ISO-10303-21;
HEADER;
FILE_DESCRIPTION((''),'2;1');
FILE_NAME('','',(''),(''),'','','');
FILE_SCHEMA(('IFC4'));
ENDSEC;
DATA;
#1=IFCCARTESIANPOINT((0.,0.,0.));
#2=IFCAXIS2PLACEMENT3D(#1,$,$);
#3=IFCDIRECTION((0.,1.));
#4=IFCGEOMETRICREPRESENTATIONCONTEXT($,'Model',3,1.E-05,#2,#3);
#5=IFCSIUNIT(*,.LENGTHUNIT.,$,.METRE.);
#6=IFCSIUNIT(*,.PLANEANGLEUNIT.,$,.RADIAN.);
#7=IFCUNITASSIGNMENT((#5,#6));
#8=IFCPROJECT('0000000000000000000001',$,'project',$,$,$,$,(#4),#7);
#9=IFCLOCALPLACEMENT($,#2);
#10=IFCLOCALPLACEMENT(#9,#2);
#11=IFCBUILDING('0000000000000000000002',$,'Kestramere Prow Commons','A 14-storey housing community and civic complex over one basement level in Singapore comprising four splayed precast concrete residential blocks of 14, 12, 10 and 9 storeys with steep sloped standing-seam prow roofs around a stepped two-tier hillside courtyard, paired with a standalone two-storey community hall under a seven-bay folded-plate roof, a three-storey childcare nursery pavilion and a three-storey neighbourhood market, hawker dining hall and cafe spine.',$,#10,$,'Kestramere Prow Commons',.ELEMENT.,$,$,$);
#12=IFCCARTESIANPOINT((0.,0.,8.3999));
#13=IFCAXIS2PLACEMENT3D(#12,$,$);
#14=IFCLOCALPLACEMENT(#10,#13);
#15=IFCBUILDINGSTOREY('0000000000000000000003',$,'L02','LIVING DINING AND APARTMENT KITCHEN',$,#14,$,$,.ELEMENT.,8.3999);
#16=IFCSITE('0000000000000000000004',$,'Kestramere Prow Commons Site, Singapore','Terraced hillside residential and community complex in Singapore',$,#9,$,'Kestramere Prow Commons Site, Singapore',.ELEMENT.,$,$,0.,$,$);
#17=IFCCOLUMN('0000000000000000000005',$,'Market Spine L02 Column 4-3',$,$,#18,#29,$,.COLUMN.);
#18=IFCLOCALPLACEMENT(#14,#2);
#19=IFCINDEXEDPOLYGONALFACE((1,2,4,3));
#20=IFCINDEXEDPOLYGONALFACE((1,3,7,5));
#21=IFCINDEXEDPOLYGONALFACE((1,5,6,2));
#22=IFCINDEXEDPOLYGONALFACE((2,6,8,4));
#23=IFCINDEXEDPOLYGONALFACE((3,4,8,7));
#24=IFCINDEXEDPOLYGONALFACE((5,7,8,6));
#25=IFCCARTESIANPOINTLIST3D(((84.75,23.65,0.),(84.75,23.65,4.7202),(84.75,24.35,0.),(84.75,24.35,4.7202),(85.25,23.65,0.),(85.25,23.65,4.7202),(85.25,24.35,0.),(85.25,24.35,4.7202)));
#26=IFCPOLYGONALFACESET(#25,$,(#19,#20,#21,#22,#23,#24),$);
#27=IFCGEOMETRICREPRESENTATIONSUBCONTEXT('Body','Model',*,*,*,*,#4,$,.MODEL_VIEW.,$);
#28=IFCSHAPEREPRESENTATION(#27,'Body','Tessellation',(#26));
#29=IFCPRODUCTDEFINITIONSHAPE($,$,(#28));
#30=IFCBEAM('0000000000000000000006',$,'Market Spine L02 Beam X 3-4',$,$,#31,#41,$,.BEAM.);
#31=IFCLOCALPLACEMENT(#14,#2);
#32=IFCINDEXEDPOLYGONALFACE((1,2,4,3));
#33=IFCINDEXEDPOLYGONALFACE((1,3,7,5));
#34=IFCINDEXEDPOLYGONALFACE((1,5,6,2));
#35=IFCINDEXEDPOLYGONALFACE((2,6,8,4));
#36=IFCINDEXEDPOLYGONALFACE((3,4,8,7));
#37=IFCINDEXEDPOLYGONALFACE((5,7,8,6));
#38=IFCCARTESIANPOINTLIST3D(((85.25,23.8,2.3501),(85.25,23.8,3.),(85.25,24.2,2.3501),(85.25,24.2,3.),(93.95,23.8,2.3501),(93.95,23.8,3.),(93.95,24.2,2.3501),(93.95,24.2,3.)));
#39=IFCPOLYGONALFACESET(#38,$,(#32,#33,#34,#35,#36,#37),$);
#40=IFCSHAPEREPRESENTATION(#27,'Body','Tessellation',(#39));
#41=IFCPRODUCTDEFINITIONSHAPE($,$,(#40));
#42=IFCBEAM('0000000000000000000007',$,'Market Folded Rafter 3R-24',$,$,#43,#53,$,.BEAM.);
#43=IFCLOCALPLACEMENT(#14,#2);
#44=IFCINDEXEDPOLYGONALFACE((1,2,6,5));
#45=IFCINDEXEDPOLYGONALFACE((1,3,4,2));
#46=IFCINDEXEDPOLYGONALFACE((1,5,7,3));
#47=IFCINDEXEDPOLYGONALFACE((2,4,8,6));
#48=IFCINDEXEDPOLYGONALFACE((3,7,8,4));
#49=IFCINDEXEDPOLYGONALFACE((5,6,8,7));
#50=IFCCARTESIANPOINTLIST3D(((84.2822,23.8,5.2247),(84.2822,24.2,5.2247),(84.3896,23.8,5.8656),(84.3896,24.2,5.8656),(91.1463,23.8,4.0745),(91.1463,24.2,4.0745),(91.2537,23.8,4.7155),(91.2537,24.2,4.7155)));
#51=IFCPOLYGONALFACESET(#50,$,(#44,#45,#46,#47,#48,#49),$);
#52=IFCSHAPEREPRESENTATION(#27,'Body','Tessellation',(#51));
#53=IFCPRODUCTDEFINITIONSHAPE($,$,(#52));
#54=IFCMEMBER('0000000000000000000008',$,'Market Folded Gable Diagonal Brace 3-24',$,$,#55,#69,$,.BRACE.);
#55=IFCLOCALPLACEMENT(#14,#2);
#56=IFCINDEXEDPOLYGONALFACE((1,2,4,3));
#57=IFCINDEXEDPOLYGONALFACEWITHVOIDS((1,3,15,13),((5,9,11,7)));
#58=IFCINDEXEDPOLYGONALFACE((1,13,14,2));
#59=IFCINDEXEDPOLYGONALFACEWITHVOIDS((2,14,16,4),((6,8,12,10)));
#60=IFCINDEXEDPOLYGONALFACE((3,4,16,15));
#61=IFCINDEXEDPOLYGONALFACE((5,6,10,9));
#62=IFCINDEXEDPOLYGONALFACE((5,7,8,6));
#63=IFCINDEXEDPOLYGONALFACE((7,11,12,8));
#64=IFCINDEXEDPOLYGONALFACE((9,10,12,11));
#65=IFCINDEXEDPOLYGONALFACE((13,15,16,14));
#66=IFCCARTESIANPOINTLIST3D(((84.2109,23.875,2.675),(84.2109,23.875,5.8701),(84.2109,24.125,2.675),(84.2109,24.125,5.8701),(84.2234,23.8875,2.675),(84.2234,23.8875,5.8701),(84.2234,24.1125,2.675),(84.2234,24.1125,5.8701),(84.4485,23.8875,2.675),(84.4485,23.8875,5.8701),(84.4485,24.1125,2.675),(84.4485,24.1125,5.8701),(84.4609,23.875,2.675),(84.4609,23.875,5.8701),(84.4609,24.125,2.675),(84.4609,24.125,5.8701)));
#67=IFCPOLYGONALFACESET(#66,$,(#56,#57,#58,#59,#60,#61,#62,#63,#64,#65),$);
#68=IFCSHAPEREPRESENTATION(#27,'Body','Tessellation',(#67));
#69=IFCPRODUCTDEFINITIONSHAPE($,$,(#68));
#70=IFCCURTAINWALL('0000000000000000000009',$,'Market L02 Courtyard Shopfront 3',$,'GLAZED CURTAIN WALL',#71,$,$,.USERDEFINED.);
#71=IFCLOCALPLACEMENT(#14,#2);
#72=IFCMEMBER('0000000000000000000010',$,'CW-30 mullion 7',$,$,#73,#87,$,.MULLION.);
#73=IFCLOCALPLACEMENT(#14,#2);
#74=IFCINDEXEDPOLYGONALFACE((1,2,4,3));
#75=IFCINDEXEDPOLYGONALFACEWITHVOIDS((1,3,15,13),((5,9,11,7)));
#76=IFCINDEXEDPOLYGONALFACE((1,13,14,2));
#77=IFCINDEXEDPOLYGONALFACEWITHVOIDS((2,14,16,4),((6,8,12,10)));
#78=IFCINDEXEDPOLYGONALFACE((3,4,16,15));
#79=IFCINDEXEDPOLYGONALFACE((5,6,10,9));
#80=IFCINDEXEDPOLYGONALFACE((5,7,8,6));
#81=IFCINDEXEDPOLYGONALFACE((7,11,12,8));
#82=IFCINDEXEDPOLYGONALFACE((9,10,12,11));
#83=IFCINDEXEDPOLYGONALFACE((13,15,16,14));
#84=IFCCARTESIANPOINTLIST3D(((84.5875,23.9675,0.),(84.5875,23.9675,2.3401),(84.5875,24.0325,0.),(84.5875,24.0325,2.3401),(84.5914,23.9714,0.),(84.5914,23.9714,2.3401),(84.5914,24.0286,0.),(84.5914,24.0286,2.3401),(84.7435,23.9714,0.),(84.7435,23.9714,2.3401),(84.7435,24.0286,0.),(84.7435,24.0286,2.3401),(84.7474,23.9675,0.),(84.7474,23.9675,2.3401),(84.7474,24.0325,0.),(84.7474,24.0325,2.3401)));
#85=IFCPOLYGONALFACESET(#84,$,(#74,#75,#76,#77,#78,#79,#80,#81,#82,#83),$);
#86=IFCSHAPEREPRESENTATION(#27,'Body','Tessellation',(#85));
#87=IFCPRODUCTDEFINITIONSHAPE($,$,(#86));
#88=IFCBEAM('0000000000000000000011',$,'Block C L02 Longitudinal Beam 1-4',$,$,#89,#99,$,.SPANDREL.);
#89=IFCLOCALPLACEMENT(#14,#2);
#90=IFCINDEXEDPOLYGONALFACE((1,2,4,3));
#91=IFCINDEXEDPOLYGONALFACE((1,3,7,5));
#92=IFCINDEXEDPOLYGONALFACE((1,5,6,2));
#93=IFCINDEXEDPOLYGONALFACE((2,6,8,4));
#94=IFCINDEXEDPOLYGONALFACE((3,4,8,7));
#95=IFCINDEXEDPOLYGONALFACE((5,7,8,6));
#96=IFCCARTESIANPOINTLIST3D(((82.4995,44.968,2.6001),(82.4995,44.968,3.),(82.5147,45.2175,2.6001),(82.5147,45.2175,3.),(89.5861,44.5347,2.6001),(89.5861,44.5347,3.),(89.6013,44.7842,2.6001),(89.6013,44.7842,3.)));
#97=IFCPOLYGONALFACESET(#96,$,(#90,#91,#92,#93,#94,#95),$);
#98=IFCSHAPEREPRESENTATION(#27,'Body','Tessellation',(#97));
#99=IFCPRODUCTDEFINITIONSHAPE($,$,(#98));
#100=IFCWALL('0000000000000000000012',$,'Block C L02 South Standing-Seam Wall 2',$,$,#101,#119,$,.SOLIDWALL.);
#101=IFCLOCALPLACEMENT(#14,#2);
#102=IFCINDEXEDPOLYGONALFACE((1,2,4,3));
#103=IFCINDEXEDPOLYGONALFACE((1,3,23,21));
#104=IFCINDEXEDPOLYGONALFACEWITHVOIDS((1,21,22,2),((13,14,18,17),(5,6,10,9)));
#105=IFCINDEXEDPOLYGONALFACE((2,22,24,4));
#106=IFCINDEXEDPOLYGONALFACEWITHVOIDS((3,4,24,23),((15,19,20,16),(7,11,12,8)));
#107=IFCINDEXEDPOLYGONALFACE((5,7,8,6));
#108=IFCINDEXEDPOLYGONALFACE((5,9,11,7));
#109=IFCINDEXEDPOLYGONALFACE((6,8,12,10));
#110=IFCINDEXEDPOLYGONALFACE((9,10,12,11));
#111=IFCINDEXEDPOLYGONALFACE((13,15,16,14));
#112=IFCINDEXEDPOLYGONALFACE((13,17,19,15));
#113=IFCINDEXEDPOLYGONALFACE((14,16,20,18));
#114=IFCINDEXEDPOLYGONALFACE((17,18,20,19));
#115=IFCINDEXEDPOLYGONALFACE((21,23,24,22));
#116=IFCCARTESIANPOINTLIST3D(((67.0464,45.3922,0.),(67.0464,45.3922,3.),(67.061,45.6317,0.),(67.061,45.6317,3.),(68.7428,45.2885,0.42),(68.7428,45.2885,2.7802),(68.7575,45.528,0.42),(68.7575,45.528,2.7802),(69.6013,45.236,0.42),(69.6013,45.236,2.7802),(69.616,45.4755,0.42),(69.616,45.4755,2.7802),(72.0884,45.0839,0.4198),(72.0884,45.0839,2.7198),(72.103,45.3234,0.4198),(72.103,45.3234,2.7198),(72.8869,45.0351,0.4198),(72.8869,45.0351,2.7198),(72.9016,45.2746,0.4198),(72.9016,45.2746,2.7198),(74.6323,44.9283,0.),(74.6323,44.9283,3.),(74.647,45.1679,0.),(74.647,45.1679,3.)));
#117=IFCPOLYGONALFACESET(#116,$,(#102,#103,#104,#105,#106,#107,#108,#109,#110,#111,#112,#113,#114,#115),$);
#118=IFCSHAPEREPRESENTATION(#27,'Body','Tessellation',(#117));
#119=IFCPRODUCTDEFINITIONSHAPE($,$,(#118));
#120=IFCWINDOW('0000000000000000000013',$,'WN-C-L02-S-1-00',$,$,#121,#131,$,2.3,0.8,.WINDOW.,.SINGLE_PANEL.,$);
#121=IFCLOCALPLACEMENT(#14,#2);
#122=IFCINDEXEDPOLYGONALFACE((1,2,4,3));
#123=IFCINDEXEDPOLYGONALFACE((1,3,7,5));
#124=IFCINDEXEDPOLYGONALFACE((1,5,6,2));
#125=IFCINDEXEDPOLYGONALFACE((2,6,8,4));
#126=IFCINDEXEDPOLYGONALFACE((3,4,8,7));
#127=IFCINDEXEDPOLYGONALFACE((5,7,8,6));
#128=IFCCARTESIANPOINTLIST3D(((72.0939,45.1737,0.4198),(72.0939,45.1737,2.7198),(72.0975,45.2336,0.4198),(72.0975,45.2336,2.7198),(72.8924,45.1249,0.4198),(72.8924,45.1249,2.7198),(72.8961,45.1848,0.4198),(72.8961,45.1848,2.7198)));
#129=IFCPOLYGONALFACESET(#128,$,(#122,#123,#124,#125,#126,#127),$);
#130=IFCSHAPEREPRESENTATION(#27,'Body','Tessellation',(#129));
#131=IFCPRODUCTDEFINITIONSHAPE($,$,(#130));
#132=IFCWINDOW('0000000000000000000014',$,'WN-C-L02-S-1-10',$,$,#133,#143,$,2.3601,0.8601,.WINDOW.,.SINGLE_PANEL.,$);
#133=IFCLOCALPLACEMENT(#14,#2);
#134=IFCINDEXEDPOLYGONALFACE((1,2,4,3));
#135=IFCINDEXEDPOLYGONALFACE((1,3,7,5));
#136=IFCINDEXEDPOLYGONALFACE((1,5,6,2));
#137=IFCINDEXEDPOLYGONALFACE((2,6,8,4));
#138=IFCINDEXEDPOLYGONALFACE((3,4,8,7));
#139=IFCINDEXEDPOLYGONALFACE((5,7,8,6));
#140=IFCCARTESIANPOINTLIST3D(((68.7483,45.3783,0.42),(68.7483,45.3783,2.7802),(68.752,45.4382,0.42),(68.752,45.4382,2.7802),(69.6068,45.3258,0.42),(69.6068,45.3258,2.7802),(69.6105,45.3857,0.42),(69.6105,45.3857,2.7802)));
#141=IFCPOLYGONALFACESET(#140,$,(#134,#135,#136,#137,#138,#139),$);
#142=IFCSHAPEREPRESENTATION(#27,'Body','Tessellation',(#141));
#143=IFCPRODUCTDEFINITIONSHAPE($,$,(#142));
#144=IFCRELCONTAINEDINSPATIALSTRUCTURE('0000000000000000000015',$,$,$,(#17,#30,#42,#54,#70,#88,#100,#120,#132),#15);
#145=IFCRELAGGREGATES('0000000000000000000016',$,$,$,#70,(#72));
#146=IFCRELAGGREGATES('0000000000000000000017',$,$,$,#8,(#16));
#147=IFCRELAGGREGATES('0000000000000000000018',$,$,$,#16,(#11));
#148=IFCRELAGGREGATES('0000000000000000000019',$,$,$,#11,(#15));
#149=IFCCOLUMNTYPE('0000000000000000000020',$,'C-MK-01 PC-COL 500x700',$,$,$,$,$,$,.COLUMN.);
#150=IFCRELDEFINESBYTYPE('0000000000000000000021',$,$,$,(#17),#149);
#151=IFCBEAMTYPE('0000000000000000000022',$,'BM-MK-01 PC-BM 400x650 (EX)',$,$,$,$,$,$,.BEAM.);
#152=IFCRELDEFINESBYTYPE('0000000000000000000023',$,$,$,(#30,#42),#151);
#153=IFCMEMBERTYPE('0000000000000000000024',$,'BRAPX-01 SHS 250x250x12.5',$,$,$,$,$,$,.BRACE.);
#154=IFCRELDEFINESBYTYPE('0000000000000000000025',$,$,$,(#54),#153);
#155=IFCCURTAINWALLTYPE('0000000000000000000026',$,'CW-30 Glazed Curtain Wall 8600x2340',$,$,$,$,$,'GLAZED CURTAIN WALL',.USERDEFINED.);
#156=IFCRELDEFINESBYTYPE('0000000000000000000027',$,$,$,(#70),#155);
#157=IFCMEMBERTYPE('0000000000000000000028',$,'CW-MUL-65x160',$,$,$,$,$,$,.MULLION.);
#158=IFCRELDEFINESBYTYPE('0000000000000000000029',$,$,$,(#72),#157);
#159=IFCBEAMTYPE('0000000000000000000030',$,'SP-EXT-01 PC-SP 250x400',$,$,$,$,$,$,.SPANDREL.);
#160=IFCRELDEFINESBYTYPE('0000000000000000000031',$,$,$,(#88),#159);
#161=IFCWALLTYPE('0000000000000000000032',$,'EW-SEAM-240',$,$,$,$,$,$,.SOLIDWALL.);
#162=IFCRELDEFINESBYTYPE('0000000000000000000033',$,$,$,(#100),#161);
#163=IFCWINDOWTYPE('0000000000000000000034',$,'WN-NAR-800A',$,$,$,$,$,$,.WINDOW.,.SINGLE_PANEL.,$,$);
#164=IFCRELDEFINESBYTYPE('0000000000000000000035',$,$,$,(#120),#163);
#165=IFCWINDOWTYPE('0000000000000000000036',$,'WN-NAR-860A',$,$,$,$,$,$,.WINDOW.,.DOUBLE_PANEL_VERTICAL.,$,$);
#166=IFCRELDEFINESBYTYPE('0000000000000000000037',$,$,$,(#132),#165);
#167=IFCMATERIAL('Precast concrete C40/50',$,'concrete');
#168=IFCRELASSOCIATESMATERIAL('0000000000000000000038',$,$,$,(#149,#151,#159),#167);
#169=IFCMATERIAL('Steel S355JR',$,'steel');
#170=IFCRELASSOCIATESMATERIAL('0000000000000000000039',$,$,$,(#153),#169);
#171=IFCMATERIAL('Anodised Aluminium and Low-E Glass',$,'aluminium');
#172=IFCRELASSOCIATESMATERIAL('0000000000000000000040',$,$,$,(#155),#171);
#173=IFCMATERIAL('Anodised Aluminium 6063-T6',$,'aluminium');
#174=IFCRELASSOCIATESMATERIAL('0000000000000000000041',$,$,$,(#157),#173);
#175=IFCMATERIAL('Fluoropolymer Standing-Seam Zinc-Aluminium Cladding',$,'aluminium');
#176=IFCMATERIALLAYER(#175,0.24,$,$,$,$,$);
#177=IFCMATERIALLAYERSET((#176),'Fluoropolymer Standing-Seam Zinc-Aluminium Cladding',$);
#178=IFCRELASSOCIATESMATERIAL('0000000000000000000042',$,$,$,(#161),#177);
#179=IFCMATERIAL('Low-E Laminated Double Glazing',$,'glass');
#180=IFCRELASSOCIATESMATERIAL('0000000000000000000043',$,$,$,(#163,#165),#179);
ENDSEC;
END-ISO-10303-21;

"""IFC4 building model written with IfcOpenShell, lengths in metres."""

from ifc_helpers import new_model, si_unit, direction, frame, frame_2d, origin, origin_2d, place, context, subcontext, project, spatial, rectangle, hollow_rectangle, extrude, material, layer, layer_set, material_profile, profile_set, type_object, element, fill, aggregate, save


model = new_model("IFC4")

# Units and contexts
model_context = context("Model", 3, precision=1e-05, world=origin(), true_north=direction((0.0, 1.0)))
body_context = subcontext(model_context, "Body", "Model", "MODEL_VIEW")
ifc_project = project(units=[si_unit("LENGTHUNIT", "METRE"), si_unit("PLANEANGLEUNIT", "RADIAN")], contexts=[model_context])

# Site, building, storey
site_placement = place(None, origin())
site = spatial("IfcSite", under=ifc_project, at=site_placement, Name="Kestramere Prow Commons Site, Singapore", Description="Terraced hillside residential and community complex in Singapore", LongName="Kestramere Prow Commons Site, Singapore", CompositionType="ELEMENT", RefElevation=0.0)
building_placement = place(site_placement, origin())
building = spatial("IfcBuilding", under=site, at=building_placement, Name="Kestramere Prow Commons", Description="A 14-storey housing community and civic complex over one basement level in Singapore comprising four splayed precast concrete residential blocks of 14, 12, 10 and 9 storeys with steep sloped standing-seam prow roofs around a stepped two-tier hillside courtyard, paired with a standalone two-storey community hall under a seven-bay folded-plate roof, a three-storey childcare nursery pavilion and a three-storey neighbourhood market, hawker dining hall and cafe spine.", LongName="Kestramere Prow Commons", CompositionType="ELEMENT")
storey_placement = place(building_placement, frame((0.0, 0.0, 8.3999)))
storey = spatial("IfcBuildingStorey", under=building, at=storey_placement, Name="L02", Description="LIVING DINING AND APARTMENT KITCHEN", CompositionType="ELEMENT", Elevation=8.3999)

# Column
ifc_material_1 = material(Name="Precast concrete C40/50", Category="concrete")
ifc_material_profile_1 = material_profile(ifc_material_1, rectangle(XDim=0.5, YDim=0.7, at=origin_2d()), Name="PC-COL 500x700")
ifc_profile_set_1 = profile_set([ifc_material_profile_1], Name="Precast concrete C40/50")
column_type = type_object("IfcColumnType", Name="C-MK-01 PC-COL 500x700", PredefinedType="COLUMN", material=ifc_profile_set_1)
column_placement = place(storey_placement, frame((85.0, 24.0, 0.0), z_axis=(0.0, 0.0, 1.0), x_axis=(1.0, 0.0, 0.0)))
element("IfcColumn", 1, at=column_placement, inside=storey, type_object=column_type, Name="Market Spine L02 Column 4-3", PredefinedType="COLUMN", context=body_context, shape_type="SweptSolid", body=[
    extrude(rectangle(XDim=0.5, YDim=0.7, at=origin_2d()), origin(), (0.0, 0.0, 1.0), 4.7202),
])

# Beams
ifc_material_profile_2 = material_profile(ifc_material_1, rectangle(XDim=0.3999, YDim=0.6499, at=origin_2d()), Name="PC-BM 400x650")
ifc_profile_set_2 = profile_set([ifc_material_profile_2], Name="Precast concrete C40/50")
beam_type_1 = type_object("IfcBeamType", Name="BM-MK-01 PC-BM 400x650 (EX)", PredefinedType="BEAM", material=ifc_profile_set_2)
beam_1_placement = place(storey_placement, frame((85.25, 24.0, 2.675), z_axis=(1.0, 0.0, 0.0), x_axis=(0.0, 1.0, 0.0)))
element("IfcBeam", 2, at=beam_1_placement, inside=storey, type_object=beam_type_1, Name="Market Spine L02 Beam X 3-4", PredefinedType="BEAM", context=body_context, shape_type="SweptSolid", body=[
    extrude(rectangle(XDim=0.3999, YDim=0.6499, at=origin_2d()), origin(), (0.0, 0.0, 1.0), 8.7),
])
beam_2_placement = place(storey_placement, frame((84.3359, 24.0, 5.5452), z_axis=(0.98625, 0.0, -0.165258), x_axis=(0.0, 1.0, 0.0)))
element("IfcBeam", 3, at=beam_2_placement, inside=storey, type_object=beam_type_1, Name="Market Folded Rafter 3R-24", PredefinedType="BEAM", context=body_context, shape_type="SweptSolid", body=[
    extrude(rectangle(XDim=0.3999, YDim=0.6499, at=origin_2d()), origin(), (0.0, 0.0, 1.0), 6.9597),
])

# Member
ifc_material_2 = material(Name="Steel S355JR", Category="steel")
ifc_material_profile_3 = material_profile(ifc_material_2, hollow_rectangle(XDim=0.25, YDim=0.25, WallThickness=0.0125, at=origin_2d()), Name="SHS 250x250x12.5")
ifc_profile_set_3 = profile_set([ifc_material_profile_3], Name="Steel S355JR")
member_type_1 = type_object("IfcMemberType", Name="BRAPX-01 SHS 250x250x12.5", PredefinedType="BRACE", material=ifc_profile_set_3)
member_1_placement = place(storey_placement, frame((84.3359, 24.0, 2.675), z_axis=(0.0, 0.0, 1.0), x_axis=(1.0, 0.0, 0.0)))
element("IfcMember", 4, at=member_1_placement, inside=storey, type_object=member_type_1, Name="Market Folded Gable Diagonal Brace 3-24", PredefinedType="BRACE", context=body_context, shape_type="SweptSolid", body=[
    extrude(hollow_rectangle(XDim=0.25, YDim=0.25, WallThickness=0.0125, at=origin_2d()), origin(), (0.0, 0.0, 1.0), 3.1951),
])

# Curtain wall, member
ifc_material_3 = material(Name="Anodised Aluminium and Low-E Glass", Category="aluminium")
curtain_wall_type = type_object("IfcCurtainWallType", Name="CW-30 Glazed Curtain Wall 8600x2340", ElementType="GLAZED CURTAIN WALL", PredefinedType="USERDEFINED", material=ifc_material_3)
curtain_wall_placement = place(storey_placement, origin())
curtain_wall = element("IfcCurtainWall", 5, at=curtain_wall_placement, inside=storey, type_object=curtain_wall_type, Name="Market L02 Courtyard Shopfront 3", ObjectType="GLAZED CURTAIN WALL", PredefinedType="USERDEFINED")
ifc_material_4 = material(Name="Anodised Aluminium 6063-T6", Category="aluminium")
ifc_material_profile_4 = material_profile(ifc_material_4, hollow_rectangle(XDim=0.0649, YDim=0.1599, WallThickness=0.0039, at=origin_2d()), Name="ALU-MUL 65x160")
ifc_profile_set_4 = profile_set([ifc_material_profile_4], Name="Anodised Aluminium 6063-T6")
member_type_2 = type_object("IfcMemberType", Name="CW-MUL-65x160", PredefinedType="MULLION", material=ifc_profile_set_4)
member_2_placement = place(storey_placement, frame((84.6675, 24.0, 0.0), z_axis=(0.0, 0.0, 1.0), x_axis=(0.0, 1.0, 0.0)))
member_2 = element("IfcMember", 6, at=member_2_placement, type_object=member_type_2, Name="CW-30 mullion 7", PredefinedType="MULLION", context=body_context, shape_type="SweptSolid", body=[
    extrude(hollow_rectangle(XDim=0.0649, YDim=0.1599, WallThickness=0.0039, at=origin_2d()), origin(), (0.0, 0.0, 1.0), 2.3401),
])
aggregate(curtain_wall, [member_2])

# Beam
ifc_material_profile_5 = material_profile(ifc_material_1, rectangle(XDim=0.25, YDim=0.3999, at=origin_2d()), Name="PC-SP 250x400")
ifc_profile_set_5 = profile_set([ifc_material_profile_5], Name="Precast concrete C40/50")
beam_type_2 = type_object("IfcBeamType", Name="SP-EXT-01 PC-SP 250x400", PredefinedType="SPANDREL", material=ifc_profile_set_5)
beam_3_placement = place(storey_placement, frame((82.5071, 45.0928, 2.8), z_axis=(0.998136, -0.061036, 0.0), x_axis=(0.061036, 0.998136, 0.0)))
element("IfcBeam", 7, at=beam_3_placement, inside=storey, type_object=beam_type_2, Name="Block C L02 Longitudinal Beam 1-4", PredefinedType="SPANDREL", context=body_context, shape_type="SweptSolid", body=[
    extrude(rectangle(XDim=0.25, YDim=0.3999, at=origin_2d()), origin(), (0.0, 0.0, 1.0), 7.0999),
])

# Wall, openings, windows
ifc_material_5 = material(Name="Fluoropolymer Standing-Seam Zinc-Aluminium Cladding", Category="aluminium")
ifc_layer_1 = layer(ifc_material_5, 0.24)
ifc_layer_set_1 = layer_set([ifc_layer_1], Name="Fluoropolymer Standing-Seam Zinc-Aluminium Cladding")
wall_type_1 = type_object("IfcWallType", Name="EW-SEAM-240", PredefinedType="SOLIDWALL", material=ifc_layer_set_1)
wall_1_placement = place(storey_placement, frame((74.6396, 45.0481, 0.0), z_axis=(0.0, 0.0, 1.0), x_axis=(-0.998136, 0.061034, 0.0)))
wall_1 = element("IfcWall", 8, at=wall_1_placement, inside=storey, type_object=wall_type_1, Name="Block C L02 South Standing-Seam Wall 2", PredefinedType="SOLIDWALL", context=body_context, shape_type="SweptSolid", body=[
    extrude(rectangle(XDim=7.6001, YDim=0.24, at=frame_2d((3.8, 0.0))), origin(), (0.0, 0.0, 1.0), 3.0),
])
opening_1_placement = place(wall_1_placement, frame((1.7488, 0.0, 0.4199)))
opening_1 = element("IfcOpeningElement", 9, at=opening_1_placement, cuts=wall_1, PredefinedType="OPENING", context=body_context, shape_type="SweptSolid", body=[
    extrude(rectangle(XDim=0.8, YDim=2.3, at=frame_2d((0.3999, 1.1499))), frame((0.0, 0.135, 0.0), z_axis=(0.0, -1.0, 0.0), x_axis=(1.0, 0.0, 0.0)), (0.0, 0.0, 1.0), 0.27),
])
opening_2_placement = place(wall_1_placement, frame((5.0403, 0.0, 0.4199)))
opening_2 = element("IfcOpeningElement", 10, at=opening_2_placement, cuts=wall_1, PredefinedType="OPENING", context=body_context, shape_type="SweptSolid", body=[
    extrude(rectangle(XDim=0.8601, YDim=2.3601, at=frame_2d((0.4302, 1.1802))), frame((0.0, 0.135, 0.0), z_axis=(0.0, -1.0, 0.0), x_axis=(1.0, 0.0, 0.0)), (0.0, 0.0, 1.0), 0.27),
])
ifc_material_6 = material(Name="Low-E Laminated Double Glazing", Category="glass")
window_type_1 = type_object("IfcWindowType", Name="WN-NAR-800A", PartitioningType="SINGLE_PANEL", PredefinedType="WINDOW", material=ifc_material_6)
window_1_placement = place(opening_1_placement, origin())
window_1 = element("IfcWindow", 11, at=window_1_placement, inside=storey, type_object=window_type_1, Name="WN-C-L02-S-1-00", OverallHeight=2.3, OverallWidth=0.8, PartitioningType="SINGLE_PANEL", PredefinedType="WINDOW", context=body_context, shape_type="SweptSolid", body=[
    extrude(rectangle(XDim=0.8, YDim=2.3, at=frame_2d((0.3999, 1.1499))), frame((0.0, 0.03, 0.0), z_axis=(0.0, -1.0, 0.0), x_axis=(1.0, 0.0, 0.0)), (0.0, 0.0, 1.0), 0.0601),
])
fill(opening_1, window_1)
window_type_2 = type_object("IfcWindowType", Name="WN-NAR-860A", PartitioningType="DOUBLE_PANEL_VERTICAL", PredefinedType="WINDOW", material=ifc_material_6)
window_2_placement = place(opening_2_placement, origin())
window_2 = element("IfcWindow", 12, at=window_2_placement, inside=storey, type_object=window_type_2, Name="WN-C-L02-S-1-10", OverallHeight=2.3601, OverallWidth=0.8601, PartitioningType="SINGLE_PANEL", PredefinedType="WINDOW", context=body_context, shape_type="SweptSolid", body=[
    extrude(rectangle(XDim=0.8601, YDim=2.3601, at=frame_2d((0.4302, 1.1802))), frame((0.0, 0.03, 0.0), z_axis=(0.0, -1.0, 0.0), x_axis=(1.0, 0.0, 0.0)), (0.0, 0.0, 1.0), 0.0601),
])
fill(opening_2, window_2)

save(model, "model.ifc")
